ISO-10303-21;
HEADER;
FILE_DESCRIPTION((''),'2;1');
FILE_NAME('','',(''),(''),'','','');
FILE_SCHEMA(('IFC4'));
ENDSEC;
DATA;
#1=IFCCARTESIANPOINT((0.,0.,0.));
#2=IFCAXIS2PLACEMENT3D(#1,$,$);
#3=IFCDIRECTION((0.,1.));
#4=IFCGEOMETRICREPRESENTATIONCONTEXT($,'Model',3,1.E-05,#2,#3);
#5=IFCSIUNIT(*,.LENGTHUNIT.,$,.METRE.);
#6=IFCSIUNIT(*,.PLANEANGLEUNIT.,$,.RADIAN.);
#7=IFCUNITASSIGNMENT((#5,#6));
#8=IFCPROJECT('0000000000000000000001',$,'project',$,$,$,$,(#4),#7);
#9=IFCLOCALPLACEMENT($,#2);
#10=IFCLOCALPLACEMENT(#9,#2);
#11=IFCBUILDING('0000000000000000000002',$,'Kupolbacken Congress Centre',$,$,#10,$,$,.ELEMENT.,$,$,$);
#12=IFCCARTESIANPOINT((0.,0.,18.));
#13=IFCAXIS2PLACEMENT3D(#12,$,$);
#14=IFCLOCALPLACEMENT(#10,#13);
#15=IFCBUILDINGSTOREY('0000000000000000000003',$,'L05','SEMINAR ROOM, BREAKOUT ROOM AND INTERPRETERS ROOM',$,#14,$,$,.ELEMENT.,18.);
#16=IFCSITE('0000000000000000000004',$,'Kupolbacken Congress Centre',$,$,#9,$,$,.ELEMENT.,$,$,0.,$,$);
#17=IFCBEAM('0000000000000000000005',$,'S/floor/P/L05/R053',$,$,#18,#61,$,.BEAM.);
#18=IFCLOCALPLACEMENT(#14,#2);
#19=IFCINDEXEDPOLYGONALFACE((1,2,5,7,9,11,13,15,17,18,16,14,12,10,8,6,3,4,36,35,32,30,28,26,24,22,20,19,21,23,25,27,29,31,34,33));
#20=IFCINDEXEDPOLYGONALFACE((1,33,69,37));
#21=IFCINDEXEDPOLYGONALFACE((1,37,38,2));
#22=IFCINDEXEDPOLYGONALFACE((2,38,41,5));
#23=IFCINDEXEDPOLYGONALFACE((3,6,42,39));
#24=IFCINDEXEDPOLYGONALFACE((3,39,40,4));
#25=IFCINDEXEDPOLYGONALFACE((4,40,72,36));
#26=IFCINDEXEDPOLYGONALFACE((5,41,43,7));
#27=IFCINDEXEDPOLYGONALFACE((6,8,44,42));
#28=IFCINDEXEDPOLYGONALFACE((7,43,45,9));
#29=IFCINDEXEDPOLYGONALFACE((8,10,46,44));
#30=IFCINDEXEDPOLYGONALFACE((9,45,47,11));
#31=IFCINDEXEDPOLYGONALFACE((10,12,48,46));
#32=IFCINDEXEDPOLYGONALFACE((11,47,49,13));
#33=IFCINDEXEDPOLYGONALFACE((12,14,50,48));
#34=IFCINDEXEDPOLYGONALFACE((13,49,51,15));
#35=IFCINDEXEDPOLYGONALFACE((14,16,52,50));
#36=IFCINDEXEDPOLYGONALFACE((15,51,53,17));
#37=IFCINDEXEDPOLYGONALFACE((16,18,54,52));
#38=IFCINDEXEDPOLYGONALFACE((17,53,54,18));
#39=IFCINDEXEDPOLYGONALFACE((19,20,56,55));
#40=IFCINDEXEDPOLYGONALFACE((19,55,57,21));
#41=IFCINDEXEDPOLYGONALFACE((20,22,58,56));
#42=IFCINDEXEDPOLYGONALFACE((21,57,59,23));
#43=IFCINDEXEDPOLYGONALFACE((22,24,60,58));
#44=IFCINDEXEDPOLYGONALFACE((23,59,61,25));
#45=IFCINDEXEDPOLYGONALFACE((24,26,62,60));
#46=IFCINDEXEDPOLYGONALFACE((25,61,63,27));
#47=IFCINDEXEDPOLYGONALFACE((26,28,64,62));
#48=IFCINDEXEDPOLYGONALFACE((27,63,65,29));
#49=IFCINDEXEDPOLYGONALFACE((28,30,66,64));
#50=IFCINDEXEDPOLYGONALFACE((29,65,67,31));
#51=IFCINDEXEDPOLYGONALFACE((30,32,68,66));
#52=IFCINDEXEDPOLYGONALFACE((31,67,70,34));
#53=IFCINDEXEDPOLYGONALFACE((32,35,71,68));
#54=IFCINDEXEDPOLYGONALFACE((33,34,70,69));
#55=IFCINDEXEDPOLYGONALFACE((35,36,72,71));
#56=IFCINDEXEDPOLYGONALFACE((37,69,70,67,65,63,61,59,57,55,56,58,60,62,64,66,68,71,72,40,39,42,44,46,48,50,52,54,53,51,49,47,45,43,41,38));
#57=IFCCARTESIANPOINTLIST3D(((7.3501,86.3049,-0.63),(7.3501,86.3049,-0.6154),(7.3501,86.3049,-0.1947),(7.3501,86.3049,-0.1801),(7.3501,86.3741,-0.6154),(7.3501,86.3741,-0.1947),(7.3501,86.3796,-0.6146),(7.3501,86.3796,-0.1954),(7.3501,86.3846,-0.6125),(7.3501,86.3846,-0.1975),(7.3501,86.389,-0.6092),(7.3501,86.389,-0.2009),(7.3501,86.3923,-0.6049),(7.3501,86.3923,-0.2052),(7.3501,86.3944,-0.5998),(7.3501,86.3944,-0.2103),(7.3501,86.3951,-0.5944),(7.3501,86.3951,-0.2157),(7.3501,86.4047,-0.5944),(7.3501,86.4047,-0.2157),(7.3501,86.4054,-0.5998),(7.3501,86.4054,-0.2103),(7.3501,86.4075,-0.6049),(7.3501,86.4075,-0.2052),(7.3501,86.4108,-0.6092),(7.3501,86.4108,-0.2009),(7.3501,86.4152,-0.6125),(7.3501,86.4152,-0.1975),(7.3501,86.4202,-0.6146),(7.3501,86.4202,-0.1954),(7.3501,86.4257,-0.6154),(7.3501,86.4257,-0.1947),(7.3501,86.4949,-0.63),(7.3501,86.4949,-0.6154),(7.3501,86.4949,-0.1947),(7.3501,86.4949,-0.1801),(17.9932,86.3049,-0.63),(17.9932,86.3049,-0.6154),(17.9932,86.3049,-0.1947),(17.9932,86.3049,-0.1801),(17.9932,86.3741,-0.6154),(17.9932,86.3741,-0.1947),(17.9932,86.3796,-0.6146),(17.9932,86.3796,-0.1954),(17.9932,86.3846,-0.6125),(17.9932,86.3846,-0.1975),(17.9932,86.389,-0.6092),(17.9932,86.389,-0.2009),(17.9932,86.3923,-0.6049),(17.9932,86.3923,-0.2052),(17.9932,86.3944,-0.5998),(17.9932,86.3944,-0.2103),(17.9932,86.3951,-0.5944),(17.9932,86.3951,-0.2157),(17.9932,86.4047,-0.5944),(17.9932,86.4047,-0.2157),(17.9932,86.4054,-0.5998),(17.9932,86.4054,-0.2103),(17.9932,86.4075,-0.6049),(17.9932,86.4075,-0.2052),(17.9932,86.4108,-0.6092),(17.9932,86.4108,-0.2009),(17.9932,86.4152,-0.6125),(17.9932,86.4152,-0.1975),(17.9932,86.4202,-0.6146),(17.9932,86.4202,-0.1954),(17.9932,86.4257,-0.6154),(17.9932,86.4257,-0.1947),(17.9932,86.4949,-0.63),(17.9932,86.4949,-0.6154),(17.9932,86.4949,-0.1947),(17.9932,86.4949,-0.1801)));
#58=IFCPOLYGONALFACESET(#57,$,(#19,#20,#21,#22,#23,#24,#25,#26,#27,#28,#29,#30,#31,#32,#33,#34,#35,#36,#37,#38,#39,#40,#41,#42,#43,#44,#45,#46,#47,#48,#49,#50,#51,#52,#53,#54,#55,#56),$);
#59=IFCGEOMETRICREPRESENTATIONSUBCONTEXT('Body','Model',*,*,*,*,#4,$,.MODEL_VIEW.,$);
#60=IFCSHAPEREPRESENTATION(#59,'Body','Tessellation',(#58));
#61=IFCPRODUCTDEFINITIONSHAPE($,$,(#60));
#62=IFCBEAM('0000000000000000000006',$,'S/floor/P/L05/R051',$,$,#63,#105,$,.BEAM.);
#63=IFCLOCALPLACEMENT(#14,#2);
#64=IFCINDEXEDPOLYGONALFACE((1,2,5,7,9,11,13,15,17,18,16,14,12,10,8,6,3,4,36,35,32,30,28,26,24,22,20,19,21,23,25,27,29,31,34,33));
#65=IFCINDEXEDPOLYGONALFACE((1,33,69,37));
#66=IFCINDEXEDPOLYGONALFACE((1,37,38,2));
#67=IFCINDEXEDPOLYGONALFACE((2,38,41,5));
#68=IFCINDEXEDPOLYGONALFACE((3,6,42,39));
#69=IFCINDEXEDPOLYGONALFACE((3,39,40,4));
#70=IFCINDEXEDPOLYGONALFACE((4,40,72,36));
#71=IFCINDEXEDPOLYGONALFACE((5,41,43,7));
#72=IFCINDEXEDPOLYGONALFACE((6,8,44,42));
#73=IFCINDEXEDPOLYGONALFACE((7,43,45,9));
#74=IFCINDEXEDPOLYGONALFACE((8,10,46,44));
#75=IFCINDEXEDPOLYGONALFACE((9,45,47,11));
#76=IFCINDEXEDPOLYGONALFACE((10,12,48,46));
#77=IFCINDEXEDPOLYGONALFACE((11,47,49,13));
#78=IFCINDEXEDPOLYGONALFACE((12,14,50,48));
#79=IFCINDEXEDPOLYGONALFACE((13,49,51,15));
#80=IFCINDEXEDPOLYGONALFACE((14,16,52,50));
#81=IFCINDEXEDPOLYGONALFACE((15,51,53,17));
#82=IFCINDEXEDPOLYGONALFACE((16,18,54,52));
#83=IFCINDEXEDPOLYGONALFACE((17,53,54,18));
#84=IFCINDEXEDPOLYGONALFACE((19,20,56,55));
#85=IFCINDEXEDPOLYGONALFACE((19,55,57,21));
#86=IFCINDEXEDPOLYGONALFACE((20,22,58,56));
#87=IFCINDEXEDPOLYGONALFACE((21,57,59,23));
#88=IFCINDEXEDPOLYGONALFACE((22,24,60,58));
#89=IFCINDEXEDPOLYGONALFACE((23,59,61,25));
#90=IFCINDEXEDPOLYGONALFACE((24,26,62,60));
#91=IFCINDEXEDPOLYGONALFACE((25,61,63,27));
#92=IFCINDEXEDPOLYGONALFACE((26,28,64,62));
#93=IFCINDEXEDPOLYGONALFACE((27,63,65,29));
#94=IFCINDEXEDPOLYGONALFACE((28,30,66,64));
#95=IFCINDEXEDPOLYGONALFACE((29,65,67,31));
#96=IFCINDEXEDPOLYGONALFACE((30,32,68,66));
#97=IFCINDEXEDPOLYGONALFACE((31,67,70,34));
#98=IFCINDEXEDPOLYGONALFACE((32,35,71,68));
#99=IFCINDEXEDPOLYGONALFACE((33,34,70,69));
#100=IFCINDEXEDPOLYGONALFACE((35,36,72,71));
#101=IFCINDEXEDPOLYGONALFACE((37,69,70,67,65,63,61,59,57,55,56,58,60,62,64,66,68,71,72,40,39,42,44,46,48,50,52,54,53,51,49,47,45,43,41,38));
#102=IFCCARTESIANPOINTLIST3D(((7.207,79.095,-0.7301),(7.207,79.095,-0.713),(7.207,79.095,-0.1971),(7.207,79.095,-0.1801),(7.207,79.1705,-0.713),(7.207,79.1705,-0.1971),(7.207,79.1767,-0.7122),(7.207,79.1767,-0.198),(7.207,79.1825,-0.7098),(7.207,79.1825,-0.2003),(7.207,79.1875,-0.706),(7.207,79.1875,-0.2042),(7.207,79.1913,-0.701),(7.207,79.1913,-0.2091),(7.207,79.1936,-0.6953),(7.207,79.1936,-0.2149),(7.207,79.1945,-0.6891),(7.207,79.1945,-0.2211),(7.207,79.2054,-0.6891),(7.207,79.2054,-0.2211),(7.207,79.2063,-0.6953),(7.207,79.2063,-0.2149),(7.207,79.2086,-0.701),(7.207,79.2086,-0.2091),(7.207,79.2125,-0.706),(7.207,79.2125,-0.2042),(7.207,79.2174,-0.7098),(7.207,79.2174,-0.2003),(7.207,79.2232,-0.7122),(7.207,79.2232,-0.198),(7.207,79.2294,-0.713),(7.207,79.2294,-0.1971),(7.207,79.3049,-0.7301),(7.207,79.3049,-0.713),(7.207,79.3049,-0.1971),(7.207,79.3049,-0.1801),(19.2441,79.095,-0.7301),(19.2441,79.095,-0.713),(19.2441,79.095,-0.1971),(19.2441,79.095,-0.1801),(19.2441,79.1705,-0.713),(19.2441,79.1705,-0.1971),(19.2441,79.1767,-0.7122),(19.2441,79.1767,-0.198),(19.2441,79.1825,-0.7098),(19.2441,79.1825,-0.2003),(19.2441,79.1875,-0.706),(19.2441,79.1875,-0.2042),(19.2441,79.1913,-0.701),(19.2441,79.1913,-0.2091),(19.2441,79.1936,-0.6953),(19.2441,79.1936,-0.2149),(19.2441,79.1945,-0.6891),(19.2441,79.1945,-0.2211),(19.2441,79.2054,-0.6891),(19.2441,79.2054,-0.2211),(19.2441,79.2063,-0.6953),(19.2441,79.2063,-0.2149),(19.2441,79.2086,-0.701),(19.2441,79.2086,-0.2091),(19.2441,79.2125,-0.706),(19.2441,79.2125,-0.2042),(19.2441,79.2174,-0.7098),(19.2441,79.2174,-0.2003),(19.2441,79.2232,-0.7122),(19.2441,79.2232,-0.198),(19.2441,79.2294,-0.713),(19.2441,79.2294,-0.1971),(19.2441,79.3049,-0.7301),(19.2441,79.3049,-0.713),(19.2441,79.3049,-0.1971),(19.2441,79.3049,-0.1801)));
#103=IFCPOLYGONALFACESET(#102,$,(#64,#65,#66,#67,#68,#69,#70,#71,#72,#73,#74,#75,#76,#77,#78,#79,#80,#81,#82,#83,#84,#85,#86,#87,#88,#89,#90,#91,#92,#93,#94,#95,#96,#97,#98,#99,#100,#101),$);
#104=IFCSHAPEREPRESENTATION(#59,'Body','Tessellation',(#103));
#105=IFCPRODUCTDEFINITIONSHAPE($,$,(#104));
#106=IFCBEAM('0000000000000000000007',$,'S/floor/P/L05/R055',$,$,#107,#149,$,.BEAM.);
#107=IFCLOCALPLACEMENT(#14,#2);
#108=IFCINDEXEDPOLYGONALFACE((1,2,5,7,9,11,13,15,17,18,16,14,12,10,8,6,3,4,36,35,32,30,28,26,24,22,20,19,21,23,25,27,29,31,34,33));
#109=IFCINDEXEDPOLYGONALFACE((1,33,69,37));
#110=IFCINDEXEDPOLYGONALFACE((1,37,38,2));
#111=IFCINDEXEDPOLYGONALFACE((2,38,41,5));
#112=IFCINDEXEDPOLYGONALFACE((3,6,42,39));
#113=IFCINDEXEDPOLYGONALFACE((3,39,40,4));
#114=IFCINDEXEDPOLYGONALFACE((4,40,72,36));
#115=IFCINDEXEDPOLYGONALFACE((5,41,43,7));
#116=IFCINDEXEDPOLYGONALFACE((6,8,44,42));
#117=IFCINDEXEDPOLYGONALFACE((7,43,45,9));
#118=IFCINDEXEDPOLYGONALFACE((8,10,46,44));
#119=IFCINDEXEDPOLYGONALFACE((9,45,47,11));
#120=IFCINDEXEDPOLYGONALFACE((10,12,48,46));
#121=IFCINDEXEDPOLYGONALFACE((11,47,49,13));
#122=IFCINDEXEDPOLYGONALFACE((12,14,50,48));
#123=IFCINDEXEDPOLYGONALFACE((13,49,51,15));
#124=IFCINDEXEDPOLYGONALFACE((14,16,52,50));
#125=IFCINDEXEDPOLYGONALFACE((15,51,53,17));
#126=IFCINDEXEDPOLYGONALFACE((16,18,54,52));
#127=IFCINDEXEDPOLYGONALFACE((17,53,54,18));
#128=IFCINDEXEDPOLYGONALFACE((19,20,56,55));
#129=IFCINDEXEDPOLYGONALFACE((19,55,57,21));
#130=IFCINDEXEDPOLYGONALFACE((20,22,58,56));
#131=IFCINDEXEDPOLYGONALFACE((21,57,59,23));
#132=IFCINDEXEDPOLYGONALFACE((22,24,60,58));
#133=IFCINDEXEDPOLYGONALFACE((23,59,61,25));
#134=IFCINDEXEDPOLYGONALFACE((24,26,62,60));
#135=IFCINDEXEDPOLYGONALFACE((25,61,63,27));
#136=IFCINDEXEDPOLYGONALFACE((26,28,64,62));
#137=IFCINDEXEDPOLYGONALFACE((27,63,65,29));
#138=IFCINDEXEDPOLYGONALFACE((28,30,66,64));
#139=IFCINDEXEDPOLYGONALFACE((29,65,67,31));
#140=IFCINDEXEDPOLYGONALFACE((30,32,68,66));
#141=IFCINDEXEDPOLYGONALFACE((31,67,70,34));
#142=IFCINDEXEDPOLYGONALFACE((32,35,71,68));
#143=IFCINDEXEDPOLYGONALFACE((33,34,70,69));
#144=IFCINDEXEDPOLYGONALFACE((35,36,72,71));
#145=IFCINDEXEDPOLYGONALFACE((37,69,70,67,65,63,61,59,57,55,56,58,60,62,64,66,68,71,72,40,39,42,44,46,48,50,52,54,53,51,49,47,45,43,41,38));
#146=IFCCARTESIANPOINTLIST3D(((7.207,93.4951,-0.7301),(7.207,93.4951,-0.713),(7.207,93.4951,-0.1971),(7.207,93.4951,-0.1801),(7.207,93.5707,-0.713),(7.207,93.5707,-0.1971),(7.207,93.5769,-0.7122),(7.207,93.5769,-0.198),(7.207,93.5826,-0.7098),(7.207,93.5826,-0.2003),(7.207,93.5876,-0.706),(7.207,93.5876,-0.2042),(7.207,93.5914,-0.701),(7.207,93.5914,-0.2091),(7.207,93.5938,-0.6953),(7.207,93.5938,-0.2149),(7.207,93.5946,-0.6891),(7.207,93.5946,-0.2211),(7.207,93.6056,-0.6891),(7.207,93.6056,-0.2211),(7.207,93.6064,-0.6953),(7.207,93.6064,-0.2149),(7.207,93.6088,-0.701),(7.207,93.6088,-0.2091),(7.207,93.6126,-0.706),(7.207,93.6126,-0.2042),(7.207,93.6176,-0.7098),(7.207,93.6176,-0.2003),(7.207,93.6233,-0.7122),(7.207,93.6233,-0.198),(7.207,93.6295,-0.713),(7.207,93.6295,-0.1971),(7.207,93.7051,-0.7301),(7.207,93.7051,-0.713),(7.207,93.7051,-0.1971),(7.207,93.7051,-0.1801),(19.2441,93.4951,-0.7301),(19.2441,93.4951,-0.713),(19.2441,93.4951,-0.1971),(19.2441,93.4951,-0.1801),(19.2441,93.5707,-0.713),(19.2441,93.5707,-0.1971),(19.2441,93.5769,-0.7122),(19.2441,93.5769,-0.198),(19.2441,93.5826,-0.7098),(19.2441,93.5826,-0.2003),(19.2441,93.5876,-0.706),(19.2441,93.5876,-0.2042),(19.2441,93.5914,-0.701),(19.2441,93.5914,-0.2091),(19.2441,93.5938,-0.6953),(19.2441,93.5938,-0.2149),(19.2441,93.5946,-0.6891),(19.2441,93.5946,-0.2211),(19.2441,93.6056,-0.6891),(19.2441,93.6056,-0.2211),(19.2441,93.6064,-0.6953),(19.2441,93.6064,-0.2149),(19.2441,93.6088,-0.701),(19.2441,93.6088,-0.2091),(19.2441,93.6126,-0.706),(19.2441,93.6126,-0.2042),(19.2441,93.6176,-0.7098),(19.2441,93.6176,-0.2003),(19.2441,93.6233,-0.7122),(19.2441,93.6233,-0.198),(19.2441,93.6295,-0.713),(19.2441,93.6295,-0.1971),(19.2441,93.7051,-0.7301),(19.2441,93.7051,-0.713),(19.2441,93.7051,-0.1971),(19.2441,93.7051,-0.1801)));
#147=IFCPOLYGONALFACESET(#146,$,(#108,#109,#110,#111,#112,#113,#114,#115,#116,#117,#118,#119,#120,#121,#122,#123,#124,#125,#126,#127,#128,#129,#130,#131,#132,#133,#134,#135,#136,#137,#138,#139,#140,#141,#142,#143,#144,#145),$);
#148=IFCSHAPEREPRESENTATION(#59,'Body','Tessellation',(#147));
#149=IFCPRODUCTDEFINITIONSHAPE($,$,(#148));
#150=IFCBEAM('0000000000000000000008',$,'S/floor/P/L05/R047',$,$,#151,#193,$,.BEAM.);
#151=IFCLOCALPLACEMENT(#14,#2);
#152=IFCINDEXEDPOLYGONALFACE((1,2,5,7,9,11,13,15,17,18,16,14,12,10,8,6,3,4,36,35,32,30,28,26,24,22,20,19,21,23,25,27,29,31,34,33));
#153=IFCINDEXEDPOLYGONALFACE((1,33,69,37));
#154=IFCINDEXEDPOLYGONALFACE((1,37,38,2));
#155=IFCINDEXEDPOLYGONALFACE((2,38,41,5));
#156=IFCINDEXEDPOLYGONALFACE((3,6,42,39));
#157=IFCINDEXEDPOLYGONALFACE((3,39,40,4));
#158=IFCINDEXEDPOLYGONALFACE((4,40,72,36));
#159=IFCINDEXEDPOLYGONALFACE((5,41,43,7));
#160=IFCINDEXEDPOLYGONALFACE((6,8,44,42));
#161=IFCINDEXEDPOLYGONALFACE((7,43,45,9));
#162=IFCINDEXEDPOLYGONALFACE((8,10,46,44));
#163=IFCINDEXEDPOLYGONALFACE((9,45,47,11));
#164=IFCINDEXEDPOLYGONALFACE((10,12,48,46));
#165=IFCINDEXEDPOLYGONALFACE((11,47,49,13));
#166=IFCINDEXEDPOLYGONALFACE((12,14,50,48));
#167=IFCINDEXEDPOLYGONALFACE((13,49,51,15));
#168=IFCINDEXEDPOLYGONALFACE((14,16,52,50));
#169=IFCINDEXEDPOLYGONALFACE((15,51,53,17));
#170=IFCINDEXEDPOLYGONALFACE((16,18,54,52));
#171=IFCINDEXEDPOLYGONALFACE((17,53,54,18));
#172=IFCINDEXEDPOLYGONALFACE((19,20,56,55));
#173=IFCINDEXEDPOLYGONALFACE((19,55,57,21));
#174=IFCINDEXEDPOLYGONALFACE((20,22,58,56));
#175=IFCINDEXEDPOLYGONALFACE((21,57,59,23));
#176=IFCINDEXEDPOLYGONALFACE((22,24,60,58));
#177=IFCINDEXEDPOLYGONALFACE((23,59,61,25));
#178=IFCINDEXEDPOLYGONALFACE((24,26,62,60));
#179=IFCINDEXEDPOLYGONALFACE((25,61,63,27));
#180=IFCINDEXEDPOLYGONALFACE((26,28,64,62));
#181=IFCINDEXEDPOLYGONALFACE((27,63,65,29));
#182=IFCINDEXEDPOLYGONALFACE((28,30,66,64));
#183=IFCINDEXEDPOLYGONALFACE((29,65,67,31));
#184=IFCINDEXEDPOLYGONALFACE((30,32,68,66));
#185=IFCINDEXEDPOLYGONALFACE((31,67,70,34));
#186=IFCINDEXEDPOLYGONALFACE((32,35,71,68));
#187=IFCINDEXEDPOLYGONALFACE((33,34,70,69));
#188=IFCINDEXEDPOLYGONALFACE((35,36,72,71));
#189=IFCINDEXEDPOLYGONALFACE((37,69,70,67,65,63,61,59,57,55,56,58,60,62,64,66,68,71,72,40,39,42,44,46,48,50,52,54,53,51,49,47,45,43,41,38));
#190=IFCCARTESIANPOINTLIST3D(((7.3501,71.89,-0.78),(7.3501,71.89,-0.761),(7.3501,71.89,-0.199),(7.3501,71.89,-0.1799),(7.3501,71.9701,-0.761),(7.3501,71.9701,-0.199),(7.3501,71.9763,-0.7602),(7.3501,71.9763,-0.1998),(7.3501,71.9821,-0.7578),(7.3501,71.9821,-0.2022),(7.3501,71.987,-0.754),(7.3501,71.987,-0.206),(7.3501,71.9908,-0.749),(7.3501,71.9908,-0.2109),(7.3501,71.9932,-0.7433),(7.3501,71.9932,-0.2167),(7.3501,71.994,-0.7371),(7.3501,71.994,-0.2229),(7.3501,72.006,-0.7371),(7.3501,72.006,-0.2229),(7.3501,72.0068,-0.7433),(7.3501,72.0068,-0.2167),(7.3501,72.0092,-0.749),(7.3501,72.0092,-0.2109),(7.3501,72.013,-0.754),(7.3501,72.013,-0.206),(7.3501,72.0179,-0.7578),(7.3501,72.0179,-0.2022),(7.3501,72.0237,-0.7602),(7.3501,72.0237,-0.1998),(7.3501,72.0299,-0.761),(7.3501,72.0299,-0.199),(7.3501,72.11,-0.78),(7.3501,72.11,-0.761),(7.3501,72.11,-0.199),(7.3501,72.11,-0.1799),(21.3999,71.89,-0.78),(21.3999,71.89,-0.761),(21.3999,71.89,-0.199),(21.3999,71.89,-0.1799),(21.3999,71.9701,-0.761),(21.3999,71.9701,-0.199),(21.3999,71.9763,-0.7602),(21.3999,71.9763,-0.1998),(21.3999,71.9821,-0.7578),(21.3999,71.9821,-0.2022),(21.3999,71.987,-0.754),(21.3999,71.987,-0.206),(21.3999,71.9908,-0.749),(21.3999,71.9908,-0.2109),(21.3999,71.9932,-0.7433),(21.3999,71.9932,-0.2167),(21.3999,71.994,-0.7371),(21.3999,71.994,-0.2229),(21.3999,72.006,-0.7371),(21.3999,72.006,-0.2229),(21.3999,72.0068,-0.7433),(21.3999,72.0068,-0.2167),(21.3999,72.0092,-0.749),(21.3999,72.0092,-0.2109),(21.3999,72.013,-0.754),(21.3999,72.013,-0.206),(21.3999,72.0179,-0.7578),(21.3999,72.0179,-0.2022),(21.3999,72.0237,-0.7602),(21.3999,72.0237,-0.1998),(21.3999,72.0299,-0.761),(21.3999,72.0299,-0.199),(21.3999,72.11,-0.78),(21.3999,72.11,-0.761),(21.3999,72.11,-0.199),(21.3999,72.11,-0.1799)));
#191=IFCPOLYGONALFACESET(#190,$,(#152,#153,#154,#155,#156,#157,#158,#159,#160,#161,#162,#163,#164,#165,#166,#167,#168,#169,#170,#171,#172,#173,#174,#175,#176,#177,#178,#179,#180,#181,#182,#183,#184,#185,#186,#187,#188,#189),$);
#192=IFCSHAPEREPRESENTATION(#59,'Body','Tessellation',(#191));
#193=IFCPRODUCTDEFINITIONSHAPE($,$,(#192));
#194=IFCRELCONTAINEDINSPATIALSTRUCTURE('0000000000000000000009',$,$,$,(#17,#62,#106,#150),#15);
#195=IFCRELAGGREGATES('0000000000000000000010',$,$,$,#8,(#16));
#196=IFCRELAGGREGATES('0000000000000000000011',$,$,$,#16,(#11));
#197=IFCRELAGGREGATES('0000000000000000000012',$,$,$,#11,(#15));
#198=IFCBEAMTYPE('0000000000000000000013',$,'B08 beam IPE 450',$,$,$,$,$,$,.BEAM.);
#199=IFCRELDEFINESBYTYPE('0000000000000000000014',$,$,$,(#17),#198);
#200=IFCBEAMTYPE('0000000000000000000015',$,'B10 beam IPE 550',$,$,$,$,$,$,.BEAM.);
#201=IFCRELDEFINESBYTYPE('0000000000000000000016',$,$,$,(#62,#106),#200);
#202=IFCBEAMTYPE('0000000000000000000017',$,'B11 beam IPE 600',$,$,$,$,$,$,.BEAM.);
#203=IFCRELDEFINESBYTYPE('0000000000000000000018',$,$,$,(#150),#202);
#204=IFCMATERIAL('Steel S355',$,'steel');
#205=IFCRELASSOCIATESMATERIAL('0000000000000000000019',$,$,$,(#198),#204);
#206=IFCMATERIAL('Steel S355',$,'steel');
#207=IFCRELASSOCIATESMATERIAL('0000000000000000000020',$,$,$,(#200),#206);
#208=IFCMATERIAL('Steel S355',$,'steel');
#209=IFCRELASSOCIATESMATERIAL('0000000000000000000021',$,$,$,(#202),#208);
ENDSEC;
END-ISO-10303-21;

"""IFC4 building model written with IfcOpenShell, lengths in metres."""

from ifc_helpers import new_model, si_unit, direction, frame, origin, origin_2d, place, context, subcontext, project, spatial, i_section, extrude, material, material_profile, profile_set, type_object, element, save


model = new_model("IFC4")

# Units and contexts
model_context = context("Model", 3, precision=1e-05, world=origin(), true_north=direction((0.0, 1.0)))
body_context = subcontext(model_context, "Body", "Model", "MODEL_VIEW")
ifc_project = project(units=[si_unit("LENGTHUNIT", "METRE"), si_unit("PLANEANGLEUNIT", "RADIAN")], contexts=[model_context])

# Site, building, storey
site_placement = place(None, origin())
site = spatial("IfcSite", under=ifc_project, at=site_placement, Name="Kupolbacken Congress Centre", CompositionType="ELEMENT", RefElevation=0.0)
building_placement = place(site_placement, origin())
building = spatial("IfcBuilding", under=site, at=building_placement, Name="Kupolbacken Congress Centre", CompositionType="ELEMENT")
storey_placement = place(building_placement, frame((0.0, 0.0, 18.0)))
storey = spatial("IfcBuildingStorey", under=building, at=storey_placement, Name="L05", Description="SEMINAR ROOM, BREAKOUT ROOM AND INTERPRETERS ROOM", CompositionType="ELEMENT", Elevation=18.0)

# Beams
ifc_material_1 = material(Name="Steel S355", Category="steel")
ifc_material_profile_1 = material_profile(ifc_material_1, i_section(OverallWidth=0.1899, OverallDepth=0.45, WebThickness=0.0095, FlangeThickness=0.0146, FilletRadius=0.021, at=origin_2d()), Name="IPE 450")
ifc_profile_set_1 = profile_set([ifc_material_profile_1], Name="Steel S355")
beam_type_1 = type_object("IfcBeamType", Name="B08 beam IPE 450", PredefinedType="BEAM", material=ifc_profile_set_1)
beam_1_placement = place(storey_placement, frame((7.3501, 86.3999, -0.405), z_axis=(1.0, 0.0, 0.0), x_axis=(0.0, 1.0, 0.0)))
element("IfcBeam", 1, at=beam_1_placement, inside=storey, type_object=beam_type_1, Name="S/floor/P/L05/R053", PredefinedType="BEAM", context=body_context, shape_type="SweptSolid", body=[
    extrude(i_section(OverallWidth=0.1899, OverallDepth=0.45, WebThickness=0.0095, FlangeThickness=0.0146, FilletRadius=0.021, at=origin_2d()), origin(), (0.0, 0.0, 1.0), 10.6431),
])
ifc_material_2 = material(Name="Steel S355", Category="steel")
ifc_material_profile_2 = material_profile(ifc_material_2, i_section(OverallWidth=0.21, OverallDepth=0.55, WebThickness=0.011, FlangeThickness=0.0171, FilletRadius=0.0239, at=origin_2d()), Name="IPE 550")
ifc_profile_set_2 = profile_set([ifc_material_profile_2], Name="Steel S355")
beam_type_2 = type_object("IfcBeamType", Name="B10 beam IPE 550", PredefinedType="BEAM", material=ifc_profile_set_2)
for number, where, z_axis, x_axis, name in (
    (2, (7.207, 79.2, -0.4551), (1.0, 0.0, 0.0), (0.0, 1.0, 0.0), "S/floor/P/L05/R051"),
    (3, (7.207, 93.6001, -0.4551), (1.0, 0.0, 0.0), (0.0, 1.0, 0.0), "S/floor/P/L05/R055"),
):
    element("IfcBeam", number, at=place(storey_placement, frame(where, z_axis=z_axis, x_axis=x_axis)), inside=storey, type_object=beam_type_2, Name=name, PredefinedType="BEAM", context=body_context, shape_type="SweptSolid", body=[
        extrude(i_section(OverallWidth=0.21, OverallDepth=0.55, WebThickness=0.011, FlangeThickness=0.0171, FilletRadius=0.0239, at=origin_2d()), origin(), (0.0, 0.0, 1.0), 12.0371),
    ])
ifc_material_3 = material(Name="Steel S355", Category="steel")
ifc_material_profile_3 = material_profile(ifc_material_3, i_section(OverallWidth=0.22, OverallDepth=0.6001, WebThickness=0.012, FlangeThickness=0.019, FilletRadius=0.0239, at=origin_2d()), Name="IPE 600")
ifc_profile_set_3 = profile_set([ifc_material_profile_3], Name="Steel S355")
beam_type_3 = type_object("IfcBeamType", Name="B11 beam IPE 600", PredefinedType="BEAM", material=ifc_profile_set_3)
beam_2_placement = place(storey_placement, frame((7.3501, 72.0, -0.48), z_axis=(1.0, 0.0, 0.0), x_axis=(0.0, 1.0, 0.0)))
element("IfcBeam", 4, at=beam_2_placement, inside=storey, type_object=beam_type_3, Name="S/floor/P/L05/R047", PredefinedType="BEAM", context=body_context, shape_type="SweptSolid", body=[
    extrude(i_section(OverallWidth=0.22, OverallDepth=0.6001, WebThickness=0.012, FlangeThickness=0.019, FilletRadius=0.0239, at=origin_2d()), origin(), (0.0, 0.0, 1.0), 14.0498),
])

save(model, "model.ifc")
